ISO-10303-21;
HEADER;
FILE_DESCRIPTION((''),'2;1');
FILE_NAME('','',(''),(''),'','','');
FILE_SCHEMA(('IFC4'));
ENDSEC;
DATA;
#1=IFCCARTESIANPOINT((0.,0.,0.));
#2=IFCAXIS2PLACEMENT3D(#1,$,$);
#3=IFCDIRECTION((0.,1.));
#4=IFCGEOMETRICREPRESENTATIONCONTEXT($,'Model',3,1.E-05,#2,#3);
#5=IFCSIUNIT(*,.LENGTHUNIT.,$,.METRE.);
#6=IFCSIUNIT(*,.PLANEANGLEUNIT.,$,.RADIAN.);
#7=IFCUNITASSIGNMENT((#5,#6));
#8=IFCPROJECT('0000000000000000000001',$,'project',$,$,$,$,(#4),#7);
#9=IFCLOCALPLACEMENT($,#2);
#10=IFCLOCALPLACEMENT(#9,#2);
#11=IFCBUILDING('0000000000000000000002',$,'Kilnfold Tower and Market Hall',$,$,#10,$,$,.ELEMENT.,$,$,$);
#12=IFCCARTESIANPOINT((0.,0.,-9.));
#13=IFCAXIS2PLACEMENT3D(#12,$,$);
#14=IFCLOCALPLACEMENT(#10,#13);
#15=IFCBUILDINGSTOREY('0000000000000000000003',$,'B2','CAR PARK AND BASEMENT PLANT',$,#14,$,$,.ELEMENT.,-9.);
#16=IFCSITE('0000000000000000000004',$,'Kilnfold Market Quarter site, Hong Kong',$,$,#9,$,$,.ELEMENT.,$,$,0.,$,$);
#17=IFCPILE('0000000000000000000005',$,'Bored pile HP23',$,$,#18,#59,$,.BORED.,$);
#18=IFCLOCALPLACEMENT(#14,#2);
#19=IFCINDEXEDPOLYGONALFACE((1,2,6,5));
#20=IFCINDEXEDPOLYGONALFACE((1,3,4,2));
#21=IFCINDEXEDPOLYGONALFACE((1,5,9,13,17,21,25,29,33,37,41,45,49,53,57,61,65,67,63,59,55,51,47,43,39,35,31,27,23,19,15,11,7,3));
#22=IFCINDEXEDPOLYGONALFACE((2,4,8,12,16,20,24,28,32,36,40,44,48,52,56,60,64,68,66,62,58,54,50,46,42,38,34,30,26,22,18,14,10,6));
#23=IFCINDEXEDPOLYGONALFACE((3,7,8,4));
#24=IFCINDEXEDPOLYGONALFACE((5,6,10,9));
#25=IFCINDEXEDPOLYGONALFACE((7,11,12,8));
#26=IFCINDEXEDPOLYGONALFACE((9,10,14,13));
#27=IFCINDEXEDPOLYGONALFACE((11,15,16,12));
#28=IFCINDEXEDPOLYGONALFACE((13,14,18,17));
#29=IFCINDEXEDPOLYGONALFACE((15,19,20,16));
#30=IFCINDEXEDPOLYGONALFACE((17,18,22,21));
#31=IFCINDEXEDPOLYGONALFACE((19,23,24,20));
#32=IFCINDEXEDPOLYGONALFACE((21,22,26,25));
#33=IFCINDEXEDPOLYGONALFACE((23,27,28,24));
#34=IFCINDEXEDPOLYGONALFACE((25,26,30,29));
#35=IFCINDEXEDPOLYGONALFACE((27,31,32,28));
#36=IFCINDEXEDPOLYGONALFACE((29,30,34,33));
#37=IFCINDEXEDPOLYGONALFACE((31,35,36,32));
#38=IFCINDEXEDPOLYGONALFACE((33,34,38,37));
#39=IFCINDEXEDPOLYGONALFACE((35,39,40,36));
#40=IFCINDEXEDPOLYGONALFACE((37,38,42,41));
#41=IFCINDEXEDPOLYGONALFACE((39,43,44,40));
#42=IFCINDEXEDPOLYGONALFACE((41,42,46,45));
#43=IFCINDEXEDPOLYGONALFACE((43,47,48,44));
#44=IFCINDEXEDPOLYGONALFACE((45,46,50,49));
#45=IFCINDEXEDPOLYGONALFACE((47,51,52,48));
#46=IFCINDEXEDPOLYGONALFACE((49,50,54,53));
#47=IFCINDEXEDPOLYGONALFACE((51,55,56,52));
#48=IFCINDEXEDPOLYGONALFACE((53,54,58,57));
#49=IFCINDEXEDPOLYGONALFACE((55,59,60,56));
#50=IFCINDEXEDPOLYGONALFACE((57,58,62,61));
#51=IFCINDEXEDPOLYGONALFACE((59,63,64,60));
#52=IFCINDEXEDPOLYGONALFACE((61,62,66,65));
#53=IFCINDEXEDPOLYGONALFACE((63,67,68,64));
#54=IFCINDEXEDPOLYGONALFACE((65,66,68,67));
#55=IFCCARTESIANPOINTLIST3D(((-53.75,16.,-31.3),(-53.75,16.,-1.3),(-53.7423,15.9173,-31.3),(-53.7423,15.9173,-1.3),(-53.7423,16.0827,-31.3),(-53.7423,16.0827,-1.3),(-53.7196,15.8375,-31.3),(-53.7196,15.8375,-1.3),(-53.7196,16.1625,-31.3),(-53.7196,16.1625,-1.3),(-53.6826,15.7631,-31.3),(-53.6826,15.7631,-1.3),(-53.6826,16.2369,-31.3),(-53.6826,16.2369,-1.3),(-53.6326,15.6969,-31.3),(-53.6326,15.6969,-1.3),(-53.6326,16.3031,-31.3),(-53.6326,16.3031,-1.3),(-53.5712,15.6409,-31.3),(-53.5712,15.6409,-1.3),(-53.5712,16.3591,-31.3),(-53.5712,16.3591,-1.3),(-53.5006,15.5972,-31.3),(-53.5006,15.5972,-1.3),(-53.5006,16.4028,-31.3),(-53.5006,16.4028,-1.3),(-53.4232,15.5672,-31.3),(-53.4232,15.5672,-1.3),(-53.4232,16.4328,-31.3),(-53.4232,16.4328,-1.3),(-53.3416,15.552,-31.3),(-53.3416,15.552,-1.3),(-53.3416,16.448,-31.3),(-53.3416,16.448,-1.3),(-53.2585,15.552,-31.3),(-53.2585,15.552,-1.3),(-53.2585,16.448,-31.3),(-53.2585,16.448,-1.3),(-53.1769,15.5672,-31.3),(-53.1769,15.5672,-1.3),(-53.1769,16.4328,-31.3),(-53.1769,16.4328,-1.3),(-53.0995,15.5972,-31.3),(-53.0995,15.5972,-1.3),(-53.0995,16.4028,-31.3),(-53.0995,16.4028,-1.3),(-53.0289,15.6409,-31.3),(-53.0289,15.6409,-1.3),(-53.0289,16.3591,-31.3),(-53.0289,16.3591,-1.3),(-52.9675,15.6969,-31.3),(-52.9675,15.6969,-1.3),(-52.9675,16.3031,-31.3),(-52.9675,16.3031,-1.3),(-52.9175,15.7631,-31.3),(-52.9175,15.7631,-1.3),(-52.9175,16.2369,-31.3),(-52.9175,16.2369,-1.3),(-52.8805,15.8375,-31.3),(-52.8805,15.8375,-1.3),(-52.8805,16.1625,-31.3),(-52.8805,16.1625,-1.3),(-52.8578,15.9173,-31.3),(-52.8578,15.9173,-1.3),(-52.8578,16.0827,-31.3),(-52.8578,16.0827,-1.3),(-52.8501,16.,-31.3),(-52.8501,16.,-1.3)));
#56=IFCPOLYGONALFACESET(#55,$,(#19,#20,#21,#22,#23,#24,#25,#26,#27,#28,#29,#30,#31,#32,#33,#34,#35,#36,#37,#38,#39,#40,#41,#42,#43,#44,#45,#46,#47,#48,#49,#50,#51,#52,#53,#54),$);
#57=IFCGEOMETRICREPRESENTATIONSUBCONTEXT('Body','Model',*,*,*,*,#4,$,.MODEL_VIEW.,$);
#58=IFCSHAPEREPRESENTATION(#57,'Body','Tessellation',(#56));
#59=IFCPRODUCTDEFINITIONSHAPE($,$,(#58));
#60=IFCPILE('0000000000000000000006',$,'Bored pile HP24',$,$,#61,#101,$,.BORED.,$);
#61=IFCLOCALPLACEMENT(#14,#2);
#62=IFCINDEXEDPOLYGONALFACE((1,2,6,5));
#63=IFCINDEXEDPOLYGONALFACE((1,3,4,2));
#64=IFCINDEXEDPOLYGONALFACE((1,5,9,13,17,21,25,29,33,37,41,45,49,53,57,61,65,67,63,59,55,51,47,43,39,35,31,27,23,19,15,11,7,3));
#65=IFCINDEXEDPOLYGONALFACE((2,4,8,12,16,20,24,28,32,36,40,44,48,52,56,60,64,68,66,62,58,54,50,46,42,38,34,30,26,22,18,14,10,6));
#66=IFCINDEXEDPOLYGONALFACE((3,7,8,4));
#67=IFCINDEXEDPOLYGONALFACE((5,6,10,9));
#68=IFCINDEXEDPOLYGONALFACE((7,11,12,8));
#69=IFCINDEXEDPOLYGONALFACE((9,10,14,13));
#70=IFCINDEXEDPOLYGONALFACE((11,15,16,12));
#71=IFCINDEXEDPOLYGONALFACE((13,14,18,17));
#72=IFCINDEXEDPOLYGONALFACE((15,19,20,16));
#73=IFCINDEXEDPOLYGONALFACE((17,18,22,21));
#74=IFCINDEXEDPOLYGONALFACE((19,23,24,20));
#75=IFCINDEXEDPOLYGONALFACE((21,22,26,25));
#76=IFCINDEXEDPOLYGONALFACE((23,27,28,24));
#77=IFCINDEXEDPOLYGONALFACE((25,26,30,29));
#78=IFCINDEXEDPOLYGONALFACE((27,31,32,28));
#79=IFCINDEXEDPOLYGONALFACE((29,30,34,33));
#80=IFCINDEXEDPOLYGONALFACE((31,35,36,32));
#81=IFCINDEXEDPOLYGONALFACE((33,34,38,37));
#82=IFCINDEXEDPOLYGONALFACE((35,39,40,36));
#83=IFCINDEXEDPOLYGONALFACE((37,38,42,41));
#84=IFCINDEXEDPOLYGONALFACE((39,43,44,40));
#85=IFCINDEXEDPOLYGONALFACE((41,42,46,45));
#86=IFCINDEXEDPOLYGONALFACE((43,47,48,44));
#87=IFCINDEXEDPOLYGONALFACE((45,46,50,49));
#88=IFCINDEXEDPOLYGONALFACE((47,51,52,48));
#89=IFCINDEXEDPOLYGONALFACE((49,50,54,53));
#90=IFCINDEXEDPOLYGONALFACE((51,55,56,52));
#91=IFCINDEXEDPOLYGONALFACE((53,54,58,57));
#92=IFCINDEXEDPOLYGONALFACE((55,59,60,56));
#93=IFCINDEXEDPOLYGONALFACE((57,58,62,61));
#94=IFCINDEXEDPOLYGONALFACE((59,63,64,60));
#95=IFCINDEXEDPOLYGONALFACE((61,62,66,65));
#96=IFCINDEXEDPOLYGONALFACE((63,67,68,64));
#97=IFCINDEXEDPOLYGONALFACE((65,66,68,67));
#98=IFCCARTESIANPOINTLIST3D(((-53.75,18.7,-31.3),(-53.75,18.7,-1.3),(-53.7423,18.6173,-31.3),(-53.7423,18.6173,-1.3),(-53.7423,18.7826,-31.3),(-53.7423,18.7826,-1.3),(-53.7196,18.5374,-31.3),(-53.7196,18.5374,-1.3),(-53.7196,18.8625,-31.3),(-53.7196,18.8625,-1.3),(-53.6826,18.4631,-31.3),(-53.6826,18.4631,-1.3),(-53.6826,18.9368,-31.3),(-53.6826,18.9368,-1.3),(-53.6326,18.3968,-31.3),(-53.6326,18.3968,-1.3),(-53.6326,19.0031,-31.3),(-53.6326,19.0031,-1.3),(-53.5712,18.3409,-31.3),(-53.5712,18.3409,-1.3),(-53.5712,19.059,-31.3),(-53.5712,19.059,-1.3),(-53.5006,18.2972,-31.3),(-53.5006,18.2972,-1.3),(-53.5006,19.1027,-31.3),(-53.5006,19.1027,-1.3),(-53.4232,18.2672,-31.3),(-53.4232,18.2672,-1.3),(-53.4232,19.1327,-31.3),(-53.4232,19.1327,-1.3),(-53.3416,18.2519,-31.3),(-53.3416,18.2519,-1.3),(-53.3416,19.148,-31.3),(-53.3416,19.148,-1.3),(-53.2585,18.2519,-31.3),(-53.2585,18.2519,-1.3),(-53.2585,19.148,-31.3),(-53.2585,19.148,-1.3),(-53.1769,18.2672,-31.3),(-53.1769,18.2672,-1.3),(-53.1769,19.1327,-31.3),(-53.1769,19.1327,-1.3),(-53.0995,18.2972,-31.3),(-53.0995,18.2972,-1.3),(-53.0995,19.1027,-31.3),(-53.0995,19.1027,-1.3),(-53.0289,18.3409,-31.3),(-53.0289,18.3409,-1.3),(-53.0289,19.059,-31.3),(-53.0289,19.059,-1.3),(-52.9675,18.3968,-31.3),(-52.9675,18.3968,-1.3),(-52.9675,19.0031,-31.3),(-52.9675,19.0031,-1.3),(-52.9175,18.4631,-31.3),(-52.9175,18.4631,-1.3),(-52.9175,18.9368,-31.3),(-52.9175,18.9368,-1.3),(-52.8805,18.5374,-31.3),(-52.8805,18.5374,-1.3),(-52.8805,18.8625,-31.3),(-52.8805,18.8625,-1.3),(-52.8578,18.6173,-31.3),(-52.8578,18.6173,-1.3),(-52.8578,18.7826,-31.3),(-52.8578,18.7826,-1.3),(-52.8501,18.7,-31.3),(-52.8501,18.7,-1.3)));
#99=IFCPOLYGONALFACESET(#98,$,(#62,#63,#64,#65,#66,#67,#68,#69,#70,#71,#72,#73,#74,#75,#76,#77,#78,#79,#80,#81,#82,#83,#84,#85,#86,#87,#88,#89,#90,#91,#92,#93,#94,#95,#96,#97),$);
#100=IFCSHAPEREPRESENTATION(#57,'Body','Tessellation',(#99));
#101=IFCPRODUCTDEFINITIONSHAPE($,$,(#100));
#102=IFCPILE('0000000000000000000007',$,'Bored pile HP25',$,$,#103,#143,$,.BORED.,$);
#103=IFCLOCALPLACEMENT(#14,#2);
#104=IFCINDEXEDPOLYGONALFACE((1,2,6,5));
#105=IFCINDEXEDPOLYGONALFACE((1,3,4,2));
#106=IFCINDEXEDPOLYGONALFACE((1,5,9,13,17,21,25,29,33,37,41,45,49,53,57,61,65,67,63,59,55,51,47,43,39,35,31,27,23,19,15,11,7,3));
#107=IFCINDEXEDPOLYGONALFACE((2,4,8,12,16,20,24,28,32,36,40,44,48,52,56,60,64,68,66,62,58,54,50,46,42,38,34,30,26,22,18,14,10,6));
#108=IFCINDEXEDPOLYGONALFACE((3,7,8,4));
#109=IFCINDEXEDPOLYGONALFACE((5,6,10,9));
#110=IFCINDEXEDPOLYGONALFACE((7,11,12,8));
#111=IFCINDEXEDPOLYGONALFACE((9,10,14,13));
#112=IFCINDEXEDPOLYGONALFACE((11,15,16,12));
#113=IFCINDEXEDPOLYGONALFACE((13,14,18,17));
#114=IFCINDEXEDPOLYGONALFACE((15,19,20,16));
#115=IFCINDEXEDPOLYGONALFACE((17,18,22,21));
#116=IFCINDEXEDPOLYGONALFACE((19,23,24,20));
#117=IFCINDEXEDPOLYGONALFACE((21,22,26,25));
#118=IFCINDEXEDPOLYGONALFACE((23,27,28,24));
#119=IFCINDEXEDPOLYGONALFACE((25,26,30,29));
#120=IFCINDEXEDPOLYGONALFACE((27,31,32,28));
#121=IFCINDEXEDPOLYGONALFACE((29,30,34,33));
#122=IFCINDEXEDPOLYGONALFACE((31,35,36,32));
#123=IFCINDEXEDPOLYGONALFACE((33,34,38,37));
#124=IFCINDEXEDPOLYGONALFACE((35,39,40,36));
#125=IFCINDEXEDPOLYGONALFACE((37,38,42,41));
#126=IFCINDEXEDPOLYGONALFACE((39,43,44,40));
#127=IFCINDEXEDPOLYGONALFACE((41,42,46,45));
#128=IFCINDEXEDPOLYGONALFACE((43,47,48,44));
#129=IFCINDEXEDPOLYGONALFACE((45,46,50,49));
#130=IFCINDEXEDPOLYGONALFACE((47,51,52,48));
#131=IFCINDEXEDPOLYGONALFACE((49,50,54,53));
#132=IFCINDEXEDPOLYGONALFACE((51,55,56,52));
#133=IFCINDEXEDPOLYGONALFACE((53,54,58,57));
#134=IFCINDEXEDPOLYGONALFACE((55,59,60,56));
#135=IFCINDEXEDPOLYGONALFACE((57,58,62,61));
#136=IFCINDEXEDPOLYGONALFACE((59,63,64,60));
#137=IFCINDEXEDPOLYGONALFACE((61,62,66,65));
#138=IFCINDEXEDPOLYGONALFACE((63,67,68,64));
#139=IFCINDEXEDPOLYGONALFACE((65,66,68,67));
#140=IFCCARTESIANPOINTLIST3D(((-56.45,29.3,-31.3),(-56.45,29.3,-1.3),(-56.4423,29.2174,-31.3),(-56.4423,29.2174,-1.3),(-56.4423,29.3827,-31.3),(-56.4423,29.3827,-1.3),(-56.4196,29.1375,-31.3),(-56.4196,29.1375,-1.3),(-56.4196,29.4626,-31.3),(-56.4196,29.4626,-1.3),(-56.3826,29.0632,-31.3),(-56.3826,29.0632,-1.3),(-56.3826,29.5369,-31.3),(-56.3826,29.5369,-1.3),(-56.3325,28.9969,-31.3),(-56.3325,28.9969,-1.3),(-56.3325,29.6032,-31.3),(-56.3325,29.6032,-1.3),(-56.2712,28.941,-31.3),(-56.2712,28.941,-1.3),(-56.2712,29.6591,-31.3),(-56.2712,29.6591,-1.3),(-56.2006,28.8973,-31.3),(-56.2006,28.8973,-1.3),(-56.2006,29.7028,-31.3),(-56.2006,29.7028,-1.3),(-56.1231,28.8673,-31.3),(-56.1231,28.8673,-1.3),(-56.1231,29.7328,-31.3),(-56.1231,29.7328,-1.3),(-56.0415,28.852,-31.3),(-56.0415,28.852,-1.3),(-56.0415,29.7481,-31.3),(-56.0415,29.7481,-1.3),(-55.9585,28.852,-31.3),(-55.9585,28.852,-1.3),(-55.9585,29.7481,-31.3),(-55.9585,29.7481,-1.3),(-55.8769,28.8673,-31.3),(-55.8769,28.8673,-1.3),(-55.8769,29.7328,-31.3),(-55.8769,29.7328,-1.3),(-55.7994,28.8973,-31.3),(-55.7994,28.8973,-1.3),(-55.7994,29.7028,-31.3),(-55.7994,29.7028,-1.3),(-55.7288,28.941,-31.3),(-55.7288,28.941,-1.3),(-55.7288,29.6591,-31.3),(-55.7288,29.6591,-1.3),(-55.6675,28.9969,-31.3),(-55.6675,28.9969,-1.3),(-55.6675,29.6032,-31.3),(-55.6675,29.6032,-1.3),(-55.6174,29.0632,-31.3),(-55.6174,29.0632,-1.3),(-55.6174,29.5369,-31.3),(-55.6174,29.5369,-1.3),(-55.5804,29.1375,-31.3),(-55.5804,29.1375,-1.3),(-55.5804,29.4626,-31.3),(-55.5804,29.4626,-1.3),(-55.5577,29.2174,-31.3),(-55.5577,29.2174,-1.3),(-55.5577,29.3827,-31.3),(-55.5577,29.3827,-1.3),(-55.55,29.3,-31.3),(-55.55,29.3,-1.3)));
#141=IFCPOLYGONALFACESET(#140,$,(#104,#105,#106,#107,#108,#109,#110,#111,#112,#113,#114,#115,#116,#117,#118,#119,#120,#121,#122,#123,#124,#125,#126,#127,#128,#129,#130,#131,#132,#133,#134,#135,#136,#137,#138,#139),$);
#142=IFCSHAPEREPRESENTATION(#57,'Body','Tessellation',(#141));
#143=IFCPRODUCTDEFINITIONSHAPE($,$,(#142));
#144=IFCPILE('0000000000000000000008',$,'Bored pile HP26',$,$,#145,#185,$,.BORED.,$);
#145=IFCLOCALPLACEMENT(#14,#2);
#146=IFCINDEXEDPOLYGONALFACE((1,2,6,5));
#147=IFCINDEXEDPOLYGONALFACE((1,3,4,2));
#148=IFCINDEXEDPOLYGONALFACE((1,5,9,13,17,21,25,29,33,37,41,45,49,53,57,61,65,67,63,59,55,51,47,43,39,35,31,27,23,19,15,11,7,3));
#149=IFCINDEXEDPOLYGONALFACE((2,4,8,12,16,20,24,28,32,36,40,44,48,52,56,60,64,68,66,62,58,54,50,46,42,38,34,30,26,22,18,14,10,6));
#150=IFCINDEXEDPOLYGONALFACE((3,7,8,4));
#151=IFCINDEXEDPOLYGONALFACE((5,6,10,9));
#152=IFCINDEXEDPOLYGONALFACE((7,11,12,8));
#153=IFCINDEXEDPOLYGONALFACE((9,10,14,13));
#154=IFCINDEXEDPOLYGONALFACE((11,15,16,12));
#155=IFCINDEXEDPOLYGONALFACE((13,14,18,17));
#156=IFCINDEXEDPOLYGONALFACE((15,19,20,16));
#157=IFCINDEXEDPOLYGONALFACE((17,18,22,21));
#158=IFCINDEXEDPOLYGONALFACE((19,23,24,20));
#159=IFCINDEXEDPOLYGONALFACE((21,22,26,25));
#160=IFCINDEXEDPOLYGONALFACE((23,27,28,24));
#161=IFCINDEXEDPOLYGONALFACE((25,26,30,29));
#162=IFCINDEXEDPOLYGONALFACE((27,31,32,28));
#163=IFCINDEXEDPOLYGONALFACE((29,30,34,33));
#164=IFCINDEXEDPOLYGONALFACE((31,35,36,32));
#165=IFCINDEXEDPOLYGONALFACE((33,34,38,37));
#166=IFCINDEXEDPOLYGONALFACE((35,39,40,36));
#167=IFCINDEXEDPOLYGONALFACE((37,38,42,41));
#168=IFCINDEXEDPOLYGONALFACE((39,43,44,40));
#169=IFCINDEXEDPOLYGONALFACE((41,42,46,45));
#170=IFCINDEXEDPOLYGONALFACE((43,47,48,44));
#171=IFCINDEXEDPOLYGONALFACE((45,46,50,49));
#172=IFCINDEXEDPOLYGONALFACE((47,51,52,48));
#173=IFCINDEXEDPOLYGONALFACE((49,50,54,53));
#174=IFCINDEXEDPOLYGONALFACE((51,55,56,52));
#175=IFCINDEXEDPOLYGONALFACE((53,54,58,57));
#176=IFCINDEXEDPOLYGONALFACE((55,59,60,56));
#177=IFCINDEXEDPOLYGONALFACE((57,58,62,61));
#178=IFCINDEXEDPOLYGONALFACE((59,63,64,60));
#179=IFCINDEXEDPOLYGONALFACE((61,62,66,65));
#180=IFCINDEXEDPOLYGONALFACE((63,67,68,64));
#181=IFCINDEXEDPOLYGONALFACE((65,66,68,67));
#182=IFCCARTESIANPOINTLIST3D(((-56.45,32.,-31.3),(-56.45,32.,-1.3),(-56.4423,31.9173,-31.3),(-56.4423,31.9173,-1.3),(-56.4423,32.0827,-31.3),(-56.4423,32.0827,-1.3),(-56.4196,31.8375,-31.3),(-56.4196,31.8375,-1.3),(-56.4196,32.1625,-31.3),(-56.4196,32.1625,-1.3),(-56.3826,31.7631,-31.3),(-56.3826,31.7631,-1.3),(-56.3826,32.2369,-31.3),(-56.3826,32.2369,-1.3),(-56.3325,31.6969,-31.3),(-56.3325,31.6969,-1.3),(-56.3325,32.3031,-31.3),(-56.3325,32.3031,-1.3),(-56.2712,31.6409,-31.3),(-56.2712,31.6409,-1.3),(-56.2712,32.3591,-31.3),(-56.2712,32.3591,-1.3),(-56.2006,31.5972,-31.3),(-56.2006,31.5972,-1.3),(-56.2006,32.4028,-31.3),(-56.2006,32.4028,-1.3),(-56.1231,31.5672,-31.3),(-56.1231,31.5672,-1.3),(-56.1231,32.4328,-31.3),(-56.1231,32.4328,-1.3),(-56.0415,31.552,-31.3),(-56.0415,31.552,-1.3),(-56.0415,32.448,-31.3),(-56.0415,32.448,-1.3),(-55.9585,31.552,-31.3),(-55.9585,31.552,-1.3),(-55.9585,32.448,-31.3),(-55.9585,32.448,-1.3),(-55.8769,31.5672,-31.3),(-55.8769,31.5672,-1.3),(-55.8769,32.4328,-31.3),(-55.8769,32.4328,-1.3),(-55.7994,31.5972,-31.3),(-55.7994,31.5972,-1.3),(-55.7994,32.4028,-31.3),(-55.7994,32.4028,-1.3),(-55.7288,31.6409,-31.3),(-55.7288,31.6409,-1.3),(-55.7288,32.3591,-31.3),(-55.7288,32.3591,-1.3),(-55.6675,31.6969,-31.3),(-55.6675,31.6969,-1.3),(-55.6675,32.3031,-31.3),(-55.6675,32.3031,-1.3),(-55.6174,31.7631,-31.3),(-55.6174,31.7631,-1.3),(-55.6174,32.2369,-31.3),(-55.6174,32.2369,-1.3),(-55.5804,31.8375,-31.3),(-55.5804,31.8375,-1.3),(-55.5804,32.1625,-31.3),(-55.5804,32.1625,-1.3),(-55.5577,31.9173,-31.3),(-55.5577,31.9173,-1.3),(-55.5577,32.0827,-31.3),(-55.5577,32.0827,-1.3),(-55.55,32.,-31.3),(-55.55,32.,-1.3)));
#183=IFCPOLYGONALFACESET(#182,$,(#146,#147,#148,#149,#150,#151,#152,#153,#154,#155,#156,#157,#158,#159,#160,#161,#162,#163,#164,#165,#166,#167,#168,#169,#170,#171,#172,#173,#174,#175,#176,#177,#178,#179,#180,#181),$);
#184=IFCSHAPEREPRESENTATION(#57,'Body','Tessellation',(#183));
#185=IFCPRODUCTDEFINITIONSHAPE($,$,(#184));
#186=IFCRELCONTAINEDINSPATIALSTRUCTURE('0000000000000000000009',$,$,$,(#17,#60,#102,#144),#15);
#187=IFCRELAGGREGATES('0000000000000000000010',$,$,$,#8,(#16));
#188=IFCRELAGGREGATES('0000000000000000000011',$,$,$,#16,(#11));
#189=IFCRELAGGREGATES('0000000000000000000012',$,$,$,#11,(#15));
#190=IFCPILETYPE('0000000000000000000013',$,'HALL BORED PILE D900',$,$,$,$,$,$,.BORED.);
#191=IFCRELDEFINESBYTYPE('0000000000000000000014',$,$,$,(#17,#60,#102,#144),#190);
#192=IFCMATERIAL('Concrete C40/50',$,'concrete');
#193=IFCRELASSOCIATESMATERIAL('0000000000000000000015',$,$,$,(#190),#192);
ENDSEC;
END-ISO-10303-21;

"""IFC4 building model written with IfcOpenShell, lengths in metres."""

from ifc_helpers import new_model, si_unit, direction, frame, origin, origin_2d, place, context, subcontext, project, spatial, circle, extrude, source, transform, mapped, material, material_profile, profile_set, type_object, element, save


model = new_model("IFC4")

# Units and contexts
model_context = context("Model", 3, precision=1e-05, world=origin(), true_north=direction((0.0, 1.0)))
body_context = subcontext(model_context, "Body", "Model", "MODEL_VIEW")
ifc_project = project(units=[si_unit("LENGTHUNIT", "METRE"), si_unit("PLANEANGLEUNIT", "RADIAN")], contexts=[model_context])

# Site, building, storey
site_placement = place(None, origin())
site = spatial("IfcSite", under=ifc_project, at=site_placement, Name="Kilnfold Market Quarter site, Hong Kong", CompositionType="ELEMENT", RefElevation=0.0)
building_placement = place(site_placement, origin())
building = spatial("IfcBuilding", under=site, at=building_placement, Name="Kilnfold Tower and Market Hall", CompositionType="ELEMENT")
storey_placement = place(building_placement, frame((0.0, 0.0, -9.0)))
storey = spatial("IfcBuildingStorey", under=building, at=storey_placement, Name="B2", Description="CAR PARK AND BASEMENT PLANT", CompositionType="ELEMENT", Elevation=-9.0)

# Piles
ifc_material_1 = material(Name="Concrete C40/50", Category="concrete")
ifc_material_profile_1 = material_profile(ifc_material_1, circle(Radius=0.45, at=origin_2d()), Name="D900")
ifc_profile_set_1 = profile_set([ifc_material_profile_1], Name="Concrete C40/50")
pile_type = type_object("IfcPileType", Name="HALL BORED PILE D900", PredefinedType="BORED", material=ifc_profile_set_1)
shared_shape_1 = source(origin(), body_context, "Body", "SweptSolid", [
    extrude(circle(Radius=0.45, at=origin_2d()), origin(), (0.0, 0.0, 1.0), 30.0),
])
for number, where, z_axis, x_axis, name in (
    (1, (-53.3, 16.0, -1.3), (0.0, 0.0, -1.0), (1.0, 0.0, 0.0), "Bored pile HP23"),
    (2, (-53.3, 18.7, -1.3), (0.0, 0.0, -1.0), (1.0, 0.0, 0.0), "Bored pile HP24"),
    (3, (-56.0, 29.3, -1.3), (0.0, 0.0, -1.0), (1.0, 0.0, 0.0), "Bored pile HP25"),
    (4, (-56.0, 32.0, -1.3), (0.0, 0.0, -1.0), (1.0, 0.0, 0.0), "Bored pile HP26"),
):
    element("IfcPile", number, at=place(storey_placement, frame(where, z_axis=z_axis, x_axis=x_axis)), inside=storey, type_object=pile_type, Name=name, PredefinedType="BORED", context=body_context, shape_type="MappedRepresentation", body=[
        mapped(shared_shape_1, transform((0.0, 0.0, 0.0))),
    ])

save(model, "model.ifc")
